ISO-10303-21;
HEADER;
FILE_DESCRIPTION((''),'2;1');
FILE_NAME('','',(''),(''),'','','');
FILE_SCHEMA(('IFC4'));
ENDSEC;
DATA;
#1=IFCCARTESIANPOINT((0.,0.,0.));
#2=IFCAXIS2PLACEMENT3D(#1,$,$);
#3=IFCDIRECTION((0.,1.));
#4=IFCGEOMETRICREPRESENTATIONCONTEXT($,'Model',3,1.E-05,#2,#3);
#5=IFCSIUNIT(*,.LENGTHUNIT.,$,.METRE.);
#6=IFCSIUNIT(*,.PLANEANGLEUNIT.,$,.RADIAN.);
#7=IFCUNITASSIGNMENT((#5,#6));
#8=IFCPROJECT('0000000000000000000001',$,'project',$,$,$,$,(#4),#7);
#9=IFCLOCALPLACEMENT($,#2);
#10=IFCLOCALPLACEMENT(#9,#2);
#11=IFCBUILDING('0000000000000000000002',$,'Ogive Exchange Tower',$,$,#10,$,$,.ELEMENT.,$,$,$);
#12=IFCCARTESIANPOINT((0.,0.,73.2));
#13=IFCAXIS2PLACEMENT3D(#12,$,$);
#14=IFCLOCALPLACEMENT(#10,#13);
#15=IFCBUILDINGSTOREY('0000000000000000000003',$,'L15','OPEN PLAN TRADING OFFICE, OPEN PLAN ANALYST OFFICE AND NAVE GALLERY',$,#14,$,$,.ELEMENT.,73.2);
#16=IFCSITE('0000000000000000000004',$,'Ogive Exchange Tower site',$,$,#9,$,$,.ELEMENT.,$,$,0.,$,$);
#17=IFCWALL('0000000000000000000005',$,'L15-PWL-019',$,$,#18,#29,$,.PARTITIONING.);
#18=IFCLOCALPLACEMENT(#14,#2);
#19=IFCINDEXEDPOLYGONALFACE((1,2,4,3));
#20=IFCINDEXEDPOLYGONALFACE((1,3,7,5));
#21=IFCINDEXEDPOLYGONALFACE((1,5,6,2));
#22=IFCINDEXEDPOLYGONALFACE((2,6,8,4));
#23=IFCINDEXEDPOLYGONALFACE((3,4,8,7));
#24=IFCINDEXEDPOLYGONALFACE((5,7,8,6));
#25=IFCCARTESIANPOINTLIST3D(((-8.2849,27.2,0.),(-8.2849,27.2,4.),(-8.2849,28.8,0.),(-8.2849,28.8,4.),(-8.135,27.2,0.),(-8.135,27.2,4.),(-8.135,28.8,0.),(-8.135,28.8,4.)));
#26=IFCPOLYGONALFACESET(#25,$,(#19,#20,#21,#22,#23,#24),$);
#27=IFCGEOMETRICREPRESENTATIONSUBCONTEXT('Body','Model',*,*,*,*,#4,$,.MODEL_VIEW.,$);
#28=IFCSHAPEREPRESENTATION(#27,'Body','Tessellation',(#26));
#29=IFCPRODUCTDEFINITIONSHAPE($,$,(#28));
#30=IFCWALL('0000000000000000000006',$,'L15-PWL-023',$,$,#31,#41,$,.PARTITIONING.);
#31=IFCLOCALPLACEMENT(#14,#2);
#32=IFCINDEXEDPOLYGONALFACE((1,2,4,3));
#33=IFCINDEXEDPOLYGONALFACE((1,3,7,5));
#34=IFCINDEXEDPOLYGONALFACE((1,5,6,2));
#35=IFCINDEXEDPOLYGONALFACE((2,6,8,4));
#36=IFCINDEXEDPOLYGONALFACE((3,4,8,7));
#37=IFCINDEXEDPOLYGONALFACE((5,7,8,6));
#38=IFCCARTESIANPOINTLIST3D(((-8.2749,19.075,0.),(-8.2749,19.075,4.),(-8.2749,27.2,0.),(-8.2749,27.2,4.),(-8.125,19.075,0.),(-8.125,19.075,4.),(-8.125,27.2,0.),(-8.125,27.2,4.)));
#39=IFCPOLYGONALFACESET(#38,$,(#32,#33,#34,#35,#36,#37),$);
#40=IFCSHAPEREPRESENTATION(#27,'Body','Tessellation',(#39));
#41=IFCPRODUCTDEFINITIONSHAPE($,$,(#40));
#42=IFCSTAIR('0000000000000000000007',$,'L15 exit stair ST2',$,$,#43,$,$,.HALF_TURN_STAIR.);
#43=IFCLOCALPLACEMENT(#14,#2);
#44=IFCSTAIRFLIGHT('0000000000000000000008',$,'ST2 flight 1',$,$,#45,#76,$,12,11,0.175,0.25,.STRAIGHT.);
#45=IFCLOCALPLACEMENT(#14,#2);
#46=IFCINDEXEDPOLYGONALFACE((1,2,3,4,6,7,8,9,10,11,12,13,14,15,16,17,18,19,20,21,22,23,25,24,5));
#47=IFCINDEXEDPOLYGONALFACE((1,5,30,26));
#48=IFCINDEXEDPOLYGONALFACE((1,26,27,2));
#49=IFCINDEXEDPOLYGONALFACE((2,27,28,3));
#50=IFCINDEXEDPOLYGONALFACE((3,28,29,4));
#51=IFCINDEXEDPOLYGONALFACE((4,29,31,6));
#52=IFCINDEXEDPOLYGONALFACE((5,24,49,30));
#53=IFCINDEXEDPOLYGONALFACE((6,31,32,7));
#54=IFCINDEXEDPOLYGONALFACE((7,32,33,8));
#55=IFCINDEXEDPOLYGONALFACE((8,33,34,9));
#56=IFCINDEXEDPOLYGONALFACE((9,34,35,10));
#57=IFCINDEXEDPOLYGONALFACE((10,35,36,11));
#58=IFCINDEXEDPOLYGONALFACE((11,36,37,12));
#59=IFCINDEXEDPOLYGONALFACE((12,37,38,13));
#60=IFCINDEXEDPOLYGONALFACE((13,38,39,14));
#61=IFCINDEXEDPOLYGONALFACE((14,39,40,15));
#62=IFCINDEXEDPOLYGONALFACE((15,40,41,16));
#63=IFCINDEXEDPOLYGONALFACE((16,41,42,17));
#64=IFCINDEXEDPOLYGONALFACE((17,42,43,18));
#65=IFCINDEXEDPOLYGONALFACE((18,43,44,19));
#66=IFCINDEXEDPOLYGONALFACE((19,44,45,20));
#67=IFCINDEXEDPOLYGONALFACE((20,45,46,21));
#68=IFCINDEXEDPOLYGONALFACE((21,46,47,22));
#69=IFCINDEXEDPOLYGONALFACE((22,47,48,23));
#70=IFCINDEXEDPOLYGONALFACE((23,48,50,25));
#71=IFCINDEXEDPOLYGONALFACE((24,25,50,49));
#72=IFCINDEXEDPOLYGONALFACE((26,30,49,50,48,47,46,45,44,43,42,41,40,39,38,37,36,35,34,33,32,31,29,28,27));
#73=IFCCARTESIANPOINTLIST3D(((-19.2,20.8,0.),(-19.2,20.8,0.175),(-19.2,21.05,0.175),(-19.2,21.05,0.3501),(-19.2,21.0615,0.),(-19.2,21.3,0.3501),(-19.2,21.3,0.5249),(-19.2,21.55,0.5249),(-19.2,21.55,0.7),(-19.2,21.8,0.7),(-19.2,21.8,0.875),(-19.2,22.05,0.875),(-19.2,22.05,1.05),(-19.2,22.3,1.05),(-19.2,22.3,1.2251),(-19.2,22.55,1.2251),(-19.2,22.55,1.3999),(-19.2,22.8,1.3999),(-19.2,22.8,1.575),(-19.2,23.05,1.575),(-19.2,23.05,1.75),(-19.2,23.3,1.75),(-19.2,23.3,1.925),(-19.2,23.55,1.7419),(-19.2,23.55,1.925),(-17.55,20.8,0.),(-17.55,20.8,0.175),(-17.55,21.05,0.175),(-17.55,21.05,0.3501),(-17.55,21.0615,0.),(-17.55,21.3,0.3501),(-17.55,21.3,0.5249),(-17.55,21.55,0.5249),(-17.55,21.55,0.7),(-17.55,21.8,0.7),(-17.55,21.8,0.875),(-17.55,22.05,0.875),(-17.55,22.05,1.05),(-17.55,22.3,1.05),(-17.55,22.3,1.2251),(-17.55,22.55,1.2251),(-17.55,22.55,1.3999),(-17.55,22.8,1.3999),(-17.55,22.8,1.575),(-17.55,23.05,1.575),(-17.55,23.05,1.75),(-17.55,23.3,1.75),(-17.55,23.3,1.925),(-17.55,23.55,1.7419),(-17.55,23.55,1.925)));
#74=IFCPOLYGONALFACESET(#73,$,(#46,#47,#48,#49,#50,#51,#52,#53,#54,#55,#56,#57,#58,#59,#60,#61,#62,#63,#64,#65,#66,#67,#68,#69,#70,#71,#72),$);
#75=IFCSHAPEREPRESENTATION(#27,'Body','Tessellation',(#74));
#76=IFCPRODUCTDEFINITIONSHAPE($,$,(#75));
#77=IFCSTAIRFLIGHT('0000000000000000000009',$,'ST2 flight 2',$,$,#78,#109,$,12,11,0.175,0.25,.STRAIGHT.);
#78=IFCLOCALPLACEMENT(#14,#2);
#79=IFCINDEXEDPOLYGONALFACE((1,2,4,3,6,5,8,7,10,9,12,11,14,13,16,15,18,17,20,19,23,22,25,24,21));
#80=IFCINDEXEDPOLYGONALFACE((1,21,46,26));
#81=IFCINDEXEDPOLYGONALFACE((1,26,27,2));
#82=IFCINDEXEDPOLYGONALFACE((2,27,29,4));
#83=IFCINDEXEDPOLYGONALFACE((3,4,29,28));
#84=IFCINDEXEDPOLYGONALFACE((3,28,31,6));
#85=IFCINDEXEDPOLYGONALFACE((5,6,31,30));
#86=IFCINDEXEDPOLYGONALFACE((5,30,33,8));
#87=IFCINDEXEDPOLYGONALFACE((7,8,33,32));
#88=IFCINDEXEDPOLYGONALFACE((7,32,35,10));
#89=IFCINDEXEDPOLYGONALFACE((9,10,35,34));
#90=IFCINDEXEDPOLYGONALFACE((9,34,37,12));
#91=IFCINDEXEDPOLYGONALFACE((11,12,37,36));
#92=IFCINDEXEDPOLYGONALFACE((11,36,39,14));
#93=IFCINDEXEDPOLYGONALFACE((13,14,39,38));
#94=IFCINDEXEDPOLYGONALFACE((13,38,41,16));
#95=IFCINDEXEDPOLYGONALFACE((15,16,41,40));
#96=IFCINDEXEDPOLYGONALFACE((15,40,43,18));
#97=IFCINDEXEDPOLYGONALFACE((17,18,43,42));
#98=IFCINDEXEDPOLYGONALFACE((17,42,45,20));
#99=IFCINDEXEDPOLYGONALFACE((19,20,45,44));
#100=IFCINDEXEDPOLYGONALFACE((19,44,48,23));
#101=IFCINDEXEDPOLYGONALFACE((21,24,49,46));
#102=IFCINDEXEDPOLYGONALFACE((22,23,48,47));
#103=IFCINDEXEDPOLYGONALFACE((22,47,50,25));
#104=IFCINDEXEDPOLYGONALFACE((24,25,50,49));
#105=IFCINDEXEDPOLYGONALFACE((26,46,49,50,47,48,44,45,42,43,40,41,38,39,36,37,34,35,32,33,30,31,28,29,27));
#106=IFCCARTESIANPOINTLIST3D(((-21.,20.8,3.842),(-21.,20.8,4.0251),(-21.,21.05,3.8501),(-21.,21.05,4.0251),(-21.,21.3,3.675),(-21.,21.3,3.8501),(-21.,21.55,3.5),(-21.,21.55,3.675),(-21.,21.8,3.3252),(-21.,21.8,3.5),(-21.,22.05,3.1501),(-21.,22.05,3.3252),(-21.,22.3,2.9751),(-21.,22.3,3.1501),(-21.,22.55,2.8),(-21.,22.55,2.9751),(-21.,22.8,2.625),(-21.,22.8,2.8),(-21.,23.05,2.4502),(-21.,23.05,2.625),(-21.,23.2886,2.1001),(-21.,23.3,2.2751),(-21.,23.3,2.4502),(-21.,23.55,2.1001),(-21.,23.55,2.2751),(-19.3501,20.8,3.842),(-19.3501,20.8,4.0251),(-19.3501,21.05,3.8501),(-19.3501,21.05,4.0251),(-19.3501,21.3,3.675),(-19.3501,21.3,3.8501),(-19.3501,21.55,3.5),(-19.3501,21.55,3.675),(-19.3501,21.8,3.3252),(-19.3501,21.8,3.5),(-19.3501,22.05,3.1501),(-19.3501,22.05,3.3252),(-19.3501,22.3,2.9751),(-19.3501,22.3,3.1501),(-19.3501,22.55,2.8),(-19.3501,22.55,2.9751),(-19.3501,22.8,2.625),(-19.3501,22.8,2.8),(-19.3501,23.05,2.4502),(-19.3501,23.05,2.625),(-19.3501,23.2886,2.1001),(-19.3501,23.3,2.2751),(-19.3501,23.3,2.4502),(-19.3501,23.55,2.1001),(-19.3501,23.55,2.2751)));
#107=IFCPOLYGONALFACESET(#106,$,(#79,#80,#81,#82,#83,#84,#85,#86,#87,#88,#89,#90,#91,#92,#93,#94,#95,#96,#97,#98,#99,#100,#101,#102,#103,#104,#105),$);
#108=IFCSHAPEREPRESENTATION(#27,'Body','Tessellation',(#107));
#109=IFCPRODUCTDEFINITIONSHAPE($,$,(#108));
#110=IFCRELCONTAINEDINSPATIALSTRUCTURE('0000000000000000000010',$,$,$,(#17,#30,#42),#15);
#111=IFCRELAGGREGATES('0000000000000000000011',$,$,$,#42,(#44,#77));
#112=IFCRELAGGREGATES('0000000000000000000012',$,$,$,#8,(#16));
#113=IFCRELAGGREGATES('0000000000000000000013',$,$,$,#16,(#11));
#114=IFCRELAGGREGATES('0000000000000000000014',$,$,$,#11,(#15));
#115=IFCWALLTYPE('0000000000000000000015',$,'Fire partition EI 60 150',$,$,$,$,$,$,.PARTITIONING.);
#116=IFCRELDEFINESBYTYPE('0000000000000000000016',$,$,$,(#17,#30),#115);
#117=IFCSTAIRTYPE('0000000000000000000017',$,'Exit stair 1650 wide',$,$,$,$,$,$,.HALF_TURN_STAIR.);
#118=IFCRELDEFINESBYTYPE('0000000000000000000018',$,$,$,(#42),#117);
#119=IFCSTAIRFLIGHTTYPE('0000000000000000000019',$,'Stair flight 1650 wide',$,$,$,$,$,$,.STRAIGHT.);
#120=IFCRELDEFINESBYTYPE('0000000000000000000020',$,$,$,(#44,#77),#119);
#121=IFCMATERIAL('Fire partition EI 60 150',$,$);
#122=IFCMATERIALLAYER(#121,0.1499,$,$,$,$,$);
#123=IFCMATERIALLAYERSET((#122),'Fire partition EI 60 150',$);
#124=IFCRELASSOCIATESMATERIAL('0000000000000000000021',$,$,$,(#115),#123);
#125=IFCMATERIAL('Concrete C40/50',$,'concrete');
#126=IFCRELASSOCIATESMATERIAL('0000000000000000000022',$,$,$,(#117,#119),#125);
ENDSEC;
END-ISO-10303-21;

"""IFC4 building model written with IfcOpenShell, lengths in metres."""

from ifc_helpers import new_model, si_unit, direction, frame, frame_2d, origin, place, context, subcontext, project, spatial, polyline, rectangle, outline, extrude, material, layer, layer_set, type_object, element, aggregate, save


model = new_model("IFC4")

# Units and contexts
model_context = context("Model", 3, precision=1e-05, world=origin(), true_north=direction((0.0, 1.0)))
body_context = subcontext(model_context, "Body", "Model", "MODEL_VIEW")
ifc_project = project(units=[si_unit("LENGTHUNIT", "METRE"), si_unit("PLANEANGLEUNIT", "RADIAN")], contexts=[model_context])

# Site, building, storey
site_placement = place(None, origin())
site = spatial("IfcSite", under=ifc_project, at=site_placement, Name="Ogive Exchange Tower site", CompositionType="ELEMENT", RefElevation=0.0)
building_placement = place(site_placement, origin())
building = spatial("IfcBuilding", under=site, at=building_placement, Name="Ogive Exchange Tower", CompositionType="ELEMENT")
storey_placement = place(building_placement, frame((0.0, 0.0, 73.2)))
storey = spatial("IfcBuildingStorey", under=building, at=storey_placement, Name="L15", Description="OPEN PLAN TRADING OFFICE, OPEN PLAN ANALYST OFFICE AND NAVE GALLERY", CompositionType="ELEMENT", Elevation=73.2)

# Walls
ifc_material_1 = material(Name="Fire partition EI 60 150")
ifc_layer = layer(ifc_material_1, 0.1499)
ifc_layer_set = layer_set([ifc_layer], Name="Fire partition EI 60 150")
wall_type = type_object("IfcWallType", Name="Fire partition EI 60 150", PredefinedType="PARTITIONING", material=ifc_layer_set)
wall_1_placement = place(storey_placement, frame((-8.21, 28.8, 0.0), z_axis=(0.0, 0.0, 1.0), x_axis=(0.0, -1.0, 0.0)))
element("IfcWall", 1, at=wall_1_placement, inside=storey, type_object=wall_type, Name="L15-PWL-019", PredefinedType="PARTITIONING", context=body_context, shape_type="SweptSolid", body=[
    extrude(rectangle(XDim=1.6001, YDim=0.1499, at=frame_2d((0.8, 0.0))), origin(), (0.0, 0.0, 1.0), 4.0),
])
wall_2_placement = place(storey_placement, frame((-8.2, 27.2, 0.0), z_axis=(0.0, 0.0, 1.0), x_axis=(0.0, -1.0, 0.0)))
element("IfcWall", 2, at=wall_2_placement, inside=storey, type_object=wall_type, Name="L15-PWL-023", PredefinedType="PARTITIONING", context=body_context, shape_type="SweptSolid", body=[
    extrude(rectangle(XDim=8.125, YDim=0.1499, at=frame_2d((4.0625, 0.0))), origin(), (0.0, 0.0, 1.0), 4.0),
])

# Stair, stair flights
ifc_material_2 = material(Name="Concrete C40/50", Category="concrete")
stair_type = type_object("IfcStairType", Name="Exit stair 1650 wide", PredefinedType="HALF_TURN_STAIR", material=ifc_material_2)
stair_placement = place(storey_placement, origin())
stair = element("IfcStair", 3, at=stair_placement, inside=storey, type_object=stair_type, Name="L15 exit stair ST2", PredefinedType="HALF_TURN_STAIR")
stair_flight_type = type_object("IfcStairFlightType", Name="Stair flight 1650 wide", PredefinedType="STRAIGHT", material=ifc_material_2)
stair_flight_1_placement = place(storey_placement, frame((-18.375, 20.8, 0.0), z_axis=(0.0, 0.0, 1.0), x_axis=(0.0, 1.0, 0.0)))
stair_flight_1 = element("IfcStairFlight", 4, at=stair_flight_1_placement, type_object=stair_flight_type, Name="ST2 flight 1", NumberOfRisers=12, NumberOfTreads=11, PredefinedType="STRAIGHT", RiserHeight=0.175, TreadLength=0.25, context=body_context, shape_type="SweptSolid", body=[
    extrude(outline(polyline([(0.0, 0.0), (0.0, 0.175), (0.25, 0.175), (0.25, 0.3501), (0.5, 0.3501), (0.5, 0.5249), (0.75, 0.5249), (0.75, 0.7), (1.0, 0.7), (1.0, 0.875), (1.25, 0.875), (1.25, 1.05), (1.5, 1.05), (1.5, 1.2251), (1.75, 1.2251), (1.75, 1.3999), (2.0, 1.3999), (2.0, 1.575), (2.25, 1.575), (2.25, 1.75), (2.5, 1.75), (2.5, 1.925), (2.75, 1.925), (2.75, 2.1001), (2.75, 1.7419), (0.2615, 0.0), (0.0, 0.0)])), frame((0.0, 0.825, 0.0), z_axis=(0.0, -1.0, 0.0), x_axis=(1.0, 0.0, 0.0)), (0.0, 0.0, 1.0), 1.6499),
])
stair_flight_2_placement = place(storey_placement, frame((-20.175, 23.55, 2.1001), z_axis=(0.0, 0.0, 1.0), x_axis=(0.0, -1.0, 0.0)))
stair_flight_2 = element("IfcStairFlight", 5, at=stair_flight_2_placement, type_object=stair_flight_type, Name="ST2 flight 2", NumberOfRisers=12, NumberOfTreads=11, PredefinedType="STRAIGHT", RiserHeight=0.175, TreadLength=0.25, context=body_context, shape_type="SweptSolid", body=[
    extrude(outline(polyline([(0.0, 0.0), (0.0, 0.175), (0.25, 0.175), (0.25, 0.3501), (0.5, 0.3501), (0.5, 0.5249), (0.75, 0.5249), (0.75, 0.7), (1.0, 0.7), (1.0, 0.875), (1.25, 0.875), (1.25, 1.05), (1.5, 1.05), (1.5, 1.2251), (1.75, 1.2251), (1.75, 1.3999), (2.0, 1.3999), (2.0, 1.575), (2.25, 1.575), (2.25, 1.75), (2.5, 1.75), (2.5, 1.925), (2.75, 1.925), (2.75, 2.1001), (2.75, 1.7419), (0.2615, 0.0), (0.0, 0.0)])), frame((0.0, 0.825, 0.0), z_axis=(0.0, -1.0, 0.0), x_axis=(1.0, 0.0, 0.0)), (0.0, 0.0, 1.0), 1.6499),
])
aggregate(stair, [stair_flight_1, stair_flight_2])

save(model, "model.ifc")
